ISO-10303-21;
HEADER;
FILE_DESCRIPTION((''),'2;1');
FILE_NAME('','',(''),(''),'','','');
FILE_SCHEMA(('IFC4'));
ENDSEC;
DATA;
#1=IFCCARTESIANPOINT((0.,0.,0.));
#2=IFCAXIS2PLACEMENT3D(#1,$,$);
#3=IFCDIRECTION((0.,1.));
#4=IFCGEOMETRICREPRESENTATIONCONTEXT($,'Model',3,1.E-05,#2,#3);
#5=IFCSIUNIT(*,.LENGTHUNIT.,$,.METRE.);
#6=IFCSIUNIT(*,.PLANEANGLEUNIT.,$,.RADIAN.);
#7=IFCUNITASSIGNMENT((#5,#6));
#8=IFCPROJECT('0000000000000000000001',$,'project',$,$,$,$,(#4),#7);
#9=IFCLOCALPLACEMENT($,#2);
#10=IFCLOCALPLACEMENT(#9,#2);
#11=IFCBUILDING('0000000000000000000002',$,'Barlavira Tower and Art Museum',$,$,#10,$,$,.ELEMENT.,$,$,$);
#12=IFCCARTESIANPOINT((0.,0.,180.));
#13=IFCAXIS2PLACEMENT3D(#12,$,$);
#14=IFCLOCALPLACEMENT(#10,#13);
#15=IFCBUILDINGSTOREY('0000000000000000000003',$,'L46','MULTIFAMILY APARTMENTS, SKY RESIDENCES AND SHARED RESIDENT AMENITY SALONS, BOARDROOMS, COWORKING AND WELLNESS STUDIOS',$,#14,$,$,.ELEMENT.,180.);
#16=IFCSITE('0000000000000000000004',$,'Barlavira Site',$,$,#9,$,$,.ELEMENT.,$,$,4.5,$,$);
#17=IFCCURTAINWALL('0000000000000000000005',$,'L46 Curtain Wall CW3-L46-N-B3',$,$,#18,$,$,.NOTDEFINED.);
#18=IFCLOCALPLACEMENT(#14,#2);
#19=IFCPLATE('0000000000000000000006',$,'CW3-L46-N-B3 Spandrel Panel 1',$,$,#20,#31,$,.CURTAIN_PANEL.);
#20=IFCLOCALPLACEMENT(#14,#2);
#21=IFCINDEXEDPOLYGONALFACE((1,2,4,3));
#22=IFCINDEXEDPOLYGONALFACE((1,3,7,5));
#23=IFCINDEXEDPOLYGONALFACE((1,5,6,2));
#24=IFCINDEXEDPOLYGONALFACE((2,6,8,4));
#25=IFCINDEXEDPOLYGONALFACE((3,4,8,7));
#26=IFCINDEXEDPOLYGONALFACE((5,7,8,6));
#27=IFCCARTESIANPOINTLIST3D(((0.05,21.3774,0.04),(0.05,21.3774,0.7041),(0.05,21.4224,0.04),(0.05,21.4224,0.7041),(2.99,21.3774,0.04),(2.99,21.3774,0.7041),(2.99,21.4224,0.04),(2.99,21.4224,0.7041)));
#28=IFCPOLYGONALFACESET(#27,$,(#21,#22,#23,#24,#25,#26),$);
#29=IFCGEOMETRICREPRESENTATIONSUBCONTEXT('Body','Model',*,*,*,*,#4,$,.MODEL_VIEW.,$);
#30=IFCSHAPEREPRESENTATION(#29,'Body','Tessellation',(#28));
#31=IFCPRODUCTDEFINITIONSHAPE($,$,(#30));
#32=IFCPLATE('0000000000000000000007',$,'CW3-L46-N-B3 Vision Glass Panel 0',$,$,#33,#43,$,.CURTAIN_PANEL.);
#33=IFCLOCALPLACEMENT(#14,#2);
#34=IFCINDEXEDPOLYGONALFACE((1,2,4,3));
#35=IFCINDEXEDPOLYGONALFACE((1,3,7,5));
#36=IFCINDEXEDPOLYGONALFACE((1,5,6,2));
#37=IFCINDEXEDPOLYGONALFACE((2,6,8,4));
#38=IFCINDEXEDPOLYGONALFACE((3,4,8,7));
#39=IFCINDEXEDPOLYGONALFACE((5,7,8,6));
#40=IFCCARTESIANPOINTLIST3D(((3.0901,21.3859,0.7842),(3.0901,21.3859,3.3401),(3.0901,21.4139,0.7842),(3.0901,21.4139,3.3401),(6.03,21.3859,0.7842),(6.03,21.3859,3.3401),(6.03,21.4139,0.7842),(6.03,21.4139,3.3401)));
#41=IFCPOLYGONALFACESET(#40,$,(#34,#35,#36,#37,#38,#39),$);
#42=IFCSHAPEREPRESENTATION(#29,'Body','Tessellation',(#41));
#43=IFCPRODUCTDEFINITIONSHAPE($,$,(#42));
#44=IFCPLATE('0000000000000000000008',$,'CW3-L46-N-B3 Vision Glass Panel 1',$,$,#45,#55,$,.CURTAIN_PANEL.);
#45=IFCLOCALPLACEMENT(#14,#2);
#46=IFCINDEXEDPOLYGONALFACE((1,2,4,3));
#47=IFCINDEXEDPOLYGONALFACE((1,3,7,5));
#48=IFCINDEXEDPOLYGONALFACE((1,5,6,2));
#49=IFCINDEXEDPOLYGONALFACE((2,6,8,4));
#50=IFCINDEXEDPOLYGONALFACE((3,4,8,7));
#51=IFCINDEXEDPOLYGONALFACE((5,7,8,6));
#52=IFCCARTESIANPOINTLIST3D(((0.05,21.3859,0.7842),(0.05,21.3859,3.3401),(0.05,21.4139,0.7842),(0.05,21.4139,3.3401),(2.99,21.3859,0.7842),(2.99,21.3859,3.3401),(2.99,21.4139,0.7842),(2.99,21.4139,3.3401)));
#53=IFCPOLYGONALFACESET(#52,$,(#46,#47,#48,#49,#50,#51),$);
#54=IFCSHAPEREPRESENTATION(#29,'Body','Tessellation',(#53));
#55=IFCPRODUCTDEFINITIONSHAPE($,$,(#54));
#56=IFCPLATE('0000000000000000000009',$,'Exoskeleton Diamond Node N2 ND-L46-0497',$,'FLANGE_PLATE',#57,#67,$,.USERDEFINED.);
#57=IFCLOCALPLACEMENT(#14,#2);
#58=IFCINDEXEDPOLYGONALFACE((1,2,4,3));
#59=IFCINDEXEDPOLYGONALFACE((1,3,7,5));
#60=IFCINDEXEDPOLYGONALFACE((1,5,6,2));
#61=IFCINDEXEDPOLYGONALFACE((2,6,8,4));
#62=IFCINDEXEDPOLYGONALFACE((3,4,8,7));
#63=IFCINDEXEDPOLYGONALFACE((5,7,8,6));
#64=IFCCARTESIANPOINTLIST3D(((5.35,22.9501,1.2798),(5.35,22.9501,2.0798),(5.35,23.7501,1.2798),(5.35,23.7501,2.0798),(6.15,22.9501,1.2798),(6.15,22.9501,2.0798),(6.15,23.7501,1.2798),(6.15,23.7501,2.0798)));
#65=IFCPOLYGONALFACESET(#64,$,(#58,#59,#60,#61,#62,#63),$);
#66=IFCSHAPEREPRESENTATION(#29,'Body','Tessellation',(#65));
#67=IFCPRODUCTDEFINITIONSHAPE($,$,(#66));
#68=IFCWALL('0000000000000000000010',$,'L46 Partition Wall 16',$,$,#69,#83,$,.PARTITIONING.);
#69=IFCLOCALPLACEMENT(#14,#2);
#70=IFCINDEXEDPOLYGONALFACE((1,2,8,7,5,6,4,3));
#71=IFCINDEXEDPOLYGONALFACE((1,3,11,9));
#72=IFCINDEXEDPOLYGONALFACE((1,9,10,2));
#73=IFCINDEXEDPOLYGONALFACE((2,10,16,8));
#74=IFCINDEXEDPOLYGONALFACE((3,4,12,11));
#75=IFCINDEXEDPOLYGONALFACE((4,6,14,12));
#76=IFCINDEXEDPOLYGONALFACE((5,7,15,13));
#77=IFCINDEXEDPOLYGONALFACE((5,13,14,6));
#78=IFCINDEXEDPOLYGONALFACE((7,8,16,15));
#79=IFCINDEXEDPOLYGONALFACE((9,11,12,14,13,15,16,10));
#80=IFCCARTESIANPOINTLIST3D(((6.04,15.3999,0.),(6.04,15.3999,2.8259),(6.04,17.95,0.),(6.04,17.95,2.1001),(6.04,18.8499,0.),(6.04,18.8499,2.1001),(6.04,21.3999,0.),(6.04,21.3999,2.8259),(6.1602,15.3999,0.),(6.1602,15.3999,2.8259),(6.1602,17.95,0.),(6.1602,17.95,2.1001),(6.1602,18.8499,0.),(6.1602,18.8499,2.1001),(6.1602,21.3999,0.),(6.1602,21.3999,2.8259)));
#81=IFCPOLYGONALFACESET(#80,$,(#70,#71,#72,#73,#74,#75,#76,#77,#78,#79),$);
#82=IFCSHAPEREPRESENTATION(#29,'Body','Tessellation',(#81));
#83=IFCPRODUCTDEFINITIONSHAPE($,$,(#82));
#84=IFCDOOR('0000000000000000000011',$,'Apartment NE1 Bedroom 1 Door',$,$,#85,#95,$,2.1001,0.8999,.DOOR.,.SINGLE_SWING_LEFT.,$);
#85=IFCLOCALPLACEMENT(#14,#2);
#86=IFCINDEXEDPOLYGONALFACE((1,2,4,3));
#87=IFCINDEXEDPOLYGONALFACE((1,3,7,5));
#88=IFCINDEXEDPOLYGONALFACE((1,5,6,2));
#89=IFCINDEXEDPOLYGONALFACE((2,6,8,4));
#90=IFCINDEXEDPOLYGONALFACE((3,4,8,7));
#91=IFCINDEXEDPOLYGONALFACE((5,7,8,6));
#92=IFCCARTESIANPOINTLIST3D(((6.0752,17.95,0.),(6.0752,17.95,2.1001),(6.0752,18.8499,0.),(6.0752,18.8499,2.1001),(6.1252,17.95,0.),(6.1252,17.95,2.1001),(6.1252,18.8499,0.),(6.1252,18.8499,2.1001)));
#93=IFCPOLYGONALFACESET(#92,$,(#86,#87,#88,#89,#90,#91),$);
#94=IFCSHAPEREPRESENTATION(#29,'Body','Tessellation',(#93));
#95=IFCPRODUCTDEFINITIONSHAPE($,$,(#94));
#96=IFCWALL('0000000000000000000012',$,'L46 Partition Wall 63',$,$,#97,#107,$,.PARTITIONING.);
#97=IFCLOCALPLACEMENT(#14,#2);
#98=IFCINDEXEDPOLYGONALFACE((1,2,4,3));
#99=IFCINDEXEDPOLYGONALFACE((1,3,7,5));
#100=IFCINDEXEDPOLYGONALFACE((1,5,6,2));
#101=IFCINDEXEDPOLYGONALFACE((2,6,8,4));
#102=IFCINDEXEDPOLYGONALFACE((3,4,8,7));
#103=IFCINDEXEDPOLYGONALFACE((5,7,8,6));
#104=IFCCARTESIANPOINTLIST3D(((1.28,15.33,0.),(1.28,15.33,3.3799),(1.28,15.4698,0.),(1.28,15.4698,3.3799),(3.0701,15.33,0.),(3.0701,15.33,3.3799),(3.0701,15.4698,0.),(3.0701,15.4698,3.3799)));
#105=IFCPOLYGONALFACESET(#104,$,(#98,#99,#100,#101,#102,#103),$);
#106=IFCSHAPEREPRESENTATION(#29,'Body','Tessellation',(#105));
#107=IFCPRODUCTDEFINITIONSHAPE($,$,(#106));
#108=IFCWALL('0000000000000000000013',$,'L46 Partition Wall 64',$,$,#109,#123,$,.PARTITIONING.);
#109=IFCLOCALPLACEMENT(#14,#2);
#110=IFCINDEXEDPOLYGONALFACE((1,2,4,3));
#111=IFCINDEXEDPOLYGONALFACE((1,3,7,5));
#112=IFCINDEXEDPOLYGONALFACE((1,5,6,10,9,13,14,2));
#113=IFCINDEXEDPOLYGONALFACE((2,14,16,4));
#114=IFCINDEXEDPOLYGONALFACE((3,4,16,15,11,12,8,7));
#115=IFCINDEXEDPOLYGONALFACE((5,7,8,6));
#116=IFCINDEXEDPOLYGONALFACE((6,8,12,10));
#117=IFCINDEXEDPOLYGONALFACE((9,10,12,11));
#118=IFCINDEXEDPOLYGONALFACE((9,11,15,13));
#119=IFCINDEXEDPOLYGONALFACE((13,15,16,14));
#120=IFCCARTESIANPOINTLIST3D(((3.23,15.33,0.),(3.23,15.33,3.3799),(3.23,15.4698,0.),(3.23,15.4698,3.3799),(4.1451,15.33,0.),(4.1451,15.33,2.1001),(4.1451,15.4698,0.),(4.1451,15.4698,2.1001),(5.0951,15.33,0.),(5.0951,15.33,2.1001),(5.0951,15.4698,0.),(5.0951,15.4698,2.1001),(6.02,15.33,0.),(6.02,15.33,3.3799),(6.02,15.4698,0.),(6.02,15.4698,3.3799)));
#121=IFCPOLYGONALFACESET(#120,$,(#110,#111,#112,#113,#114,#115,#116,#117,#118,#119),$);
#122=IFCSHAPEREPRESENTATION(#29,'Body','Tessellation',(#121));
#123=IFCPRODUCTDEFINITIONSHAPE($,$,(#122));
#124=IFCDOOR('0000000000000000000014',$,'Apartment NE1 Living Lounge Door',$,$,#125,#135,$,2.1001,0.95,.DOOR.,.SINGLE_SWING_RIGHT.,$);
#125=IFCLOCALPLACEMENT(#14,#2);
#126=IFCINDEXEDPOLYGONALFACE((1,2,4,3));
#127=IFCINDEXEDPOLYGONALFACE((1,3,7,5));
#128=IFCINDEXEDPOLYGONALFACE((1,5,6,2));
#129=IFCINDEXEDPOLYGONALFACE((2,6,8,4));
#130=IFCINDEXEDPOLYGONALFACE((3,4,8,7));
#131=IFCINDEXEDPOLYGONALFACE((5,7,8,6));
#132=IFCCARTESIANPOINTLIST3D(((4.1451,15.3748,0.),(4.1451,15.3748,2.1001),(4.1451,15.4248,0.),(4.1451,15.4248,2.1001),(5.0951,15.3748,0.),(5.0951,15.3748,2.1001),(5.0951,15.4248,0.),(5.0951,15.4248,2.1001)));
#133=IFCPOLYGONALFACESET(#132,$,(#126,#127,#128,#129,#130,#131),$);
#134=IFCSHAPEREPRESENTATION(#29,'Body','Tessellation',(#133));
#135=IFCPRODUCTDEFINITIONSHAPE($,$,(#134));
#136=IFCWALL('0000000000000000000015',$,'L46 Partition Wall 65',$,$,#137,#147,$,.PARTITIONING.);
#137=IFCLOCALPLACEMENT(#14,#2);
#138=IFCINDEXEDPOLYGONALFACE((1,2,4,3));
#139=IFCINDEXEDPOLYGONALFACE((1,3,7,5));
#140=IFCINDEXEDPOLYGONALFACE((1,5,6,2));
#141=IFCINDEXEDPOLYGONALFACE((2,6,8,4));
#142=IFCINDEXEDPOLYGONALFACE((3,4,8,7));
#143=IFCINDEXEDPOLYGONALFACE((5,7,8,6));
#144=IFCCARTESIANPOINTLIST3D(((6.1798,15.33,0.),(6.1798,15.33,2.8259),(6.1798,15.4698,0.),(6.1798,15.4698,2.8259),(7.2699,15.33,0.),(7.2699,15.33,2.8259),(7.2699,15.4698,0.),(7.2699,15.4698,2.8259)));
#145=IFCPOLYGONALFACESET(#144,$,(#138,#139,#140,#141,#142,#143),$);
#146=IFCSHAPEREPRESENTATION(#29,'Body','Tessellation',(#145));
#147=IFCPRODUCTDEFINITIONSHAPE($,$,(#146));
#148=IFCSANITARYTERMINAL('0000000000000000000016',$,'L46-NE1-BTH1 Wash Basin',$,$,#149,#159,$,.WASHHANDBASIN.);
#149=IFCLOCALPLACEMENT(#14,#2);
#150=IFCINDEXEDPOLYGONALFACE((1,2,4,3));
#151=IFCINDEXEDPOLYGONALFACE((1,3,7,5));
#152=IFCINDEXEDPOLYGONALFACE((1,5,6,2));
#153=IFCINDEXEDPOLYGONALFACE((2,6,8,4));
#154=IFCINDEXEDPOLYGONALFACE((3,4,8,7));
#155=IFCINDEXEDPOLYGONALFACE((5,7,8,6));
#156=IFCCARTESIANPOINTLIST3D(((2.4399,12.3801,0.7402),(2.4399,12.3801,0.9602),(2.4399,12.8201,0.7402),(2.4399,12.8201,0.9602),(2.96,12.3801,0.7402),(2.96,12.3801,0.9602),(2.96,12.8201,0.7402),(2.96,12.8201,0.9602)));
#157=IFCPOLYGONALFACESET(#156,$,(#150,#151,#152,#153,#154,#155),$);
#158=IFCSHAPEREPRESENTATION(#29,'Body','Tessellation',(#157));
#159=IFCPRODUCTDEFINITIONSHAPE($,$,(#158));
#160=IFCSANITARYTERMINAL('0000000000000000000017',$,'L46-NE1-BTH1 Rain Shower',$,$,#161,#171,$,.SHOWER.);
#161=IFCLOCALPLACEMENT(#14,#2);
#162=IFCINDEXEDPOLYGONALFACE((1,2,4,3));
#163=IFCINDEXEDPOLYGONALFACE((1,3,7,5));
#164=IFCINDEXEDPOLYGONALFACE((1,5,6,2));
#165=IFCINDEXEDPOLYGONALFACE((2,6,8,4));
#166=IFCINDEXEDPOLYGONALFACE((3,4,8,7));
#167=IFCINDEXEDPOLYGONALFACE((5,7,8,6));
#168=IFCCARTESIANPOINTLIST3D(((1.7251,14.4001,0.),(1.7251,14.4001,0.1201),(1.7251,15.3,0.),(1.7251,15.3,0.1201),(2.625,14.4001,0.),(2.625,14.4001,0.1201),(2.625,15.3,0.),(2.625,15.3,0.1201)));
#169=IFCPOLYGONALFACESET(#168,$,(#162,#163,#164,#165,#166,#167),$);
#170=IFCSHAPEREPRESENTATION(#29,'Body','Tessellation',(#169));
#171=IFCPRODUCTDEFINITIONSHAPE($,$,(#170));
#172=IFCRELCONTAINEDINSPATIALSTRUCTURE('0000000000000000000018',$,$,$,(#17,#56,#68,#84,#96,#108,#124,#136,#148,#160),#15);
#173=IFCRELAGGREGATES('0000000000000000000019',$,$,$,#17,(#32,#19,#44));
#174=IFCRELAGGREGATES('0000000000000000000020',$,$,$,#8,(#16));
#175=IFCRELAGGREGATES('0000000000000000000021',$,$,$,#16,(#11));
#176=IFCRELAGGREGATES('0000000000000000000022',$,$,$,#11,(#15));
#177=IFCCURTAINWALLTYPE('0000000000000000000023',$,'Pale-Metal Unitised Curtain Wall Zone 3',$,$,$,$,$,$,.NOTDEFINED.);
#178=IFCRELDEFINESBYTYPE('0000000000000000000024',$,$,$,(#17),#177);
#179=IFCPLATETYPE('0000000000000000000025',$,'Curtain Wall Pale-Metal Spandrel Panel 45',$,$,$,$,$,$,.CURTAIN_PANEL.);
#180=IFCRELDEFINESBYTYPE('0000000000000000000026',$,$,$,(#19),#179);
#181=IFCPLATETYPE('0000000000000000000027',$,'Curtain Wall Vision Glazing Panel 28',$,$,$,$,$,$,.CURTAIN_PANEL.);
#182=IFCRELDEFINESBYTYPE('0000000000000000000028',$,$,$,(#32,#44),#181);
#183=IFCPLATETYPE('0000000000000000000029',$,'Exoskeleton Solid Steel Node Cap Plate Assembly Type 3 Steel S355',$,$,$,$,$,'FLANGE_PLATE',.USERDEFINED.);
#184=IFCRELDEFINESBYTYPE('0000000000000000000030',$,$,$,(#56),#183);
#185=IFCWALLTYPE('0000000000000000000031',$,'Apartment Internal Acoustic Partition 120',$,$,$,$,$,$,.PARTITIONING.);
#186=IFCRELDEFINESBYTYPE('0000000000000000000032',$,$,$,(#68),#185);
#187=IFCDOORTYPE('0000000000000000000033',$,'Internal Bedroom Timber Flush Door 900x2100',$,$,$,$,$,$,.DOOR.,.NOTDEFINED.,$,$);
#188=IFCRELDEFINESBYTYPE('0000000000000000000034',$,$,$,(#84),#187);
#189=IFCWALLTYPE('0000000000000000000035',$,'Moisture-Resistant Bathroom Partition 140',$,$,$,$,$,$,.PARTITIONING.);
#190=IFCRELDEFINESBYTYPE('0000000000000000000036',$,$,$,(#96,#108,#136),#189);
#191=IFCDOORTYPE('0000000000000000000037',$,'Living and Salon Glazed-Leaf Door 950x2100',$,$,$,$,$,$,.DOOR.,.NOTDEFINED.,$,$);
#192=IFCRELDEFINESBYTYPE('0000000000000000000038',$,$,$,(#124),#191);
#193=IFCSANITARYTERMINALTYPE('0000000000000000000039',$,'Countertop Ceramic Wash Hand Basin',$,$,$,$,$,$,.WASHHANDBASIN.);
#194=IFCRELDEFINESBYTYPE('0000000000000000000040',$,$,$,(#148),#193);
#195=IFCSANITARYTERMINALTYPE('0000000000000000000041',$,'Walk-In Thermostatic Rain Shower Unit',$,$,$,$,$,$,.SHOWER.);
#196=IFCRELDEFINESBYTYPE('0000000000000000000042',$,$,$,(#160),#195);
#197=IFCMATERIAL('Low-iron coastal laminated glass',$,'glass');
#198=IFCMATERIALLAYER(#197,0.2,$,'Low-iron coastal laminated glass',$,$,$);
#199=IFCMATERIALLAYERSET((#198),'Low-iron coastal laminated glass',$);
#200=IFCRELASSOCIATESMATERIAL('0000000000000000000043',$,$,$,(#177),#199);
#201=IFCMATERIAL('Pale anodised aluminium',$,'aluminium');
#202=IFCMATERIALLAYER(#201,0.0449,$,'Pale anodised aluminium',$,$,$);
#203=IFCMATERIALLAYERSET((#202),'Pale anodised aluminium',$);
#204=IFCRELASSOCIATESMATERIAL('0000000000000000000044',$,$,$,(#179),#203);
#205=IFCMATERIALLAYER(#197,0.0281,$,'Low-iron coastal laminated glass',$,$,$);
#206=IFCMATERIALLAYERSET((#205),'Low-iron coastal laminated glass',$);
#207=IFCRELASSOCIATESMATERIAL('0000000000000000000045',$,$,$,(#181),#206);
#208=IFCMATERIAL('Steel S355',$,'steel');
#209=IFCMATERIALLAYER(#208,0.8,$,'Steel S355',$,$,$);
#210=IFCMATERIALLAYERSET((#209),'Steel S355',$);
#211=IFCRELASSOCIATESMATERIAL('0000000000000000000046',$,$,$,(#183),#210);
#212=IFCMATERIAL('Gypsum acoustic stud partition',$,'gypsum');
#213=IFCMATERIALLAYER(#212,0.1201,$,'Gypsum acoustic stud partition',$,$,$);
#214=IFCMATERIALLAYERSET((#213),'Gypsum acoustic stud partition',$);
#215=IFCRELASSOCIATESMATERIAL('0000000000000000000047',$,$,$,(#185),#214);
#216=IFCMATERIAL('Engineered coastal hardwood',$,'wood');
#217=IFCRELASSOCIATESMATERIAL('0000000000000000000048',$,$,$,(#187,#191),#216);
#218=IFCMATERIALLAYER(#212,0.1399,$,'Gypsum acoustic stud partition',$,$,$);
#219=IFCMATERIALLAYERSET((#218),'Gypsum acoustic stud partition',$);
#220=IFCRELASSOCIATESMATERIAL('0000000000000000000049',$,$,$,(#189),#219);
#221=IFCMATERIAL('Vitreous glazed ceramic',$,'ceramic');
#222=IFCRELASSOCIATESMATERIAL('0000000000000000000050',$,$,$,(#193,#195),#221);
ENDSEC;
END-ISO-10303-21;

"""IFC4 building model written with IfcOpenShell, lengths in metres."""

from ifc_helpers import new_model, si_unit, direction, frame, frame_2d, origin, origin_2d, place, context, subcontext, project, spatial, rectangle, extrude, material, layer, layer_set, type_object, element, fill, aggregate, save


model = new_model("IFC4")

# Units and contexts
model_context = context("Model", 3, precision=1e-05, world=origin(), true_north=direction((0.0, 1.0)))
body_context = subcontext(model_context, "Body", "Model", "MODEL_VIEW")
ifc_project = project(units=[si_unit("LENGTHUNIT", "METRE"), si_unit("PLANEANGLEUNIT", "RADIAN")], contexts=[model_context])

# Site, building, storey
site_placement = place(None, origin())
site = spatial("IfcSite", under=ifc_project, at=site_placement, Name="Barlavira Site", CompositionType="ELEMENT", RefElevation=4.5)
building_placement = place(site_placement, origin())
building = spatial("IfcBuilding", under=site, at=building_placement, Name="Barlavira Tower and Art Museum", CompositionType="ELEMENT")
storey_placement = place(building_placement, frame((0.0, 0.0, 180.0)))
storey = spatial("IfcBuildingStorey", under=building, at=storey_placement, Name="L46", Description="MULTIFAMILY APARTMENTS, SKY RESIDENCES AND SHARED RESIDENT AMENITY SALONS, BOARDROOMS, COWORKING AND WELLNESS STUDIOS", CompositionType="ELEMENT", Elevation=180.0)

# Curtain wall, plates
ifc_material_1 = material(Name="Low-iron coastal laminated glass", Category="glass")
ifc_layer_1 = layer(ifc_material_1, 0.2, Name="Low-iron coastal laminated glass")
ifc_layer_set_1 = layer_set([ifc_layer_1], Name="Low-iron coastal laminated glass")
curtain_wall_type = type_object("IfcCurtainWallType", Name="Pale-Metal Unitised Curtain Wall Zone 3", PredefinedType="NOTDEFINED", material=ifc_layer_set_1)
curtain_wall_placement = place(storey_placement, origin())
curtain_wall = element("IfcCurtainWall", 1, at=curtain_wall_placement, inside=storey, type_object=curtain_wall_type, Name="L46 Curtain Wall CW3-L46-N-B3", PredefinedType="NOTDEFINED")
ifc_material_2 = material(Name="Pale anodised aluminium", Category="aluminium")
ifc_layer_2 = layer(ifc_material_2, 0.0449, Name="Pale anodised aluminium")
ifc_layer_set_2 = layer_set([ifc_layer_2], Name="Pale anodised aluminium")
plate_type_1 = type_object("IfcPlateType", Name="Curtain Wall Pale-Metal Spandrel Panel 45", PredefinedType="CURTAIN_PANEL", material=ifc_layer_set_2)
plate_1_placement = place(storey_placement, frame((1.52, 21.3999, 0.04), z_axis=(0.0, 0.0, 1.0), x_axis=(-1.0, 0.0, 0.0)))
plate_1 = element("IfcPlate", 2, at=plate_1_placement, type_object=plate_type_1, Name="CW3-L46-N-B3 Spandrel Panel 1", PredefinedType="CURTAIN_PANEL", context=body_context, shape_type="SweptSolid", body=[
    extrude(rectangle(XDim=2.9399, YDim=0.0449, at=origin_2d()), origin(), (0.0, 0.0, 1.0), 0.6641),
])
ifc_layer_3 = layer(ifc_material_1, 0.0281, Name="Low-iron coastal laminated glass")
ifc_layer_set_3 = layer_set([ifc_layer_3], Name="Low-iron coastal laminated glass")
plate_type_2 = type_object("IfcPlateType", Name="Curtain Wall Vision Glazing Panel 28", PredefinedType="CURTAIN_PANEL", material=ifc_layer_set_3)
plate_2_placement = place(storey_placement, frame((4.5601, 21.3999, 0.7842), z_axis=(0.0, 0.0, 1.0), x_axis=(-1.0, 0.0, 0.0)))
plate_2 = element("IfcPlate", 3, at=plate_2_placement, type_object=plate_type_2, Name="CW3-L46-N-B3 Vision Glass Panel 0", PredefinedType="CURTAIN_PANEL", context=body_context, shape_type="SweptSolid", body=[
    extrude(rectangle(XDim=2.9399, YDim=0.0281, at=origin_2d()), origin(), (0.0, 0.0, 1.0), 2.5559),
])
plate_3_placement = place(storey_placement, frame((1.52, 21.3999, 0.7842), z_axis=(0.0, 0.0, 1.0), x_axis=(-1.0, 0.0, 0.0)))
plate_3 = element("IfcPlate", 4, at=plate_3_placement, type_object=plate_type_2, Name="CW3-L46-N-B3 Vision Glass Panel 1", PredefinedType="CURTAIN_PANEL", context=body_context, shape_type="SweptSolid", body=[
    extrude(rectangle(XDim=2.9399, YDim=0.0281, at=origin_2d()), origin(), (0.0, 0.0, 1.0), 2.5559),
])
aggregate(curtain_wall, [plate_2, plate_1, plate_3])

# Plate
ifc_material_3 = material(Name="Steel S355", Category="steel")
ifc_layer_4 = layer(ifc_material_3, 0.8, Name="Steel S355")
ifc_layer_set_4 = layer_set([ifc_layer_4], Name="Steel S355")
plate_type_3 = type_object("IfcPlateType", Name="Exoskeleton Solid Steel Node Cap Plate Assembly Type 3 Steel S355", ElementType="FLANGE_PLATE", PredefinedType="USERDEFINED", material=ifc_layer_set_4)
plate_4_placement = place(storey_placement, frame((5.75, 23.3501, 1.2798), z_axis=(0.0, 0.0, 1.0), x_axis=(1.0, 0.0, 0.0)))
element("IfcPlate", 5, at=plate_4_placement, inside=storey, type_object=plate_type_3, Name="Exoskeleton Diamond Node N2 ND-L46-0497", ObjectType="FLANGE_PLATE", PredefinedType="USERDEFINED", context=body_context, shape_type="SweptSolid", body=[
    extrude(rectangle(XDim=0.8, YDim=0.8, at=origin_2d()), origin(), (0.0, 0.0, 1.0), 0.8),
])

# Wall, opening, door
ifc_material_4 = material(Name="Gypsum acoustic stud partition", Category="gypsum")
ifc_layer_5 = layer(ifc_material_4, 0.1201, Name="Gypsum acoustic stud partition")
ifc_layer_set_5 = layer_set([ifc_layer_5], Name="Gypsum acoustic stud partition")
wall_type_1 = type_object("IfcWallType", Name="Apartment Internal Acoustic Partition 120", PredefinedType="PARTITIONING", material=ifc_layer_set_5)
wall_1_placement = place(storey_placement, frame((6.1001, 15.3999, 0.0), z_axis=(0.0, 0.0, 1.0), x_axis=(0.0, 1.0, 0.0)))
wall_1 = element("IfcWall", 6, at=wall_1_placement, inside=storey, type_object=wall_type_1, Name="L46 Partition Wall 16", PredefinedType="PARTITIONING", context=body_context, shape_type="SweptSolid", body=[
    extrude(rectangle(XDim=6.0, YDim=0.1201, at=frame_2d((3.0, 0.0))), origin(), (0.0, 0.0, 1.0), 2.8259),
])
opening_1_placement = place(wall_1_placement, frame((2.55, 0.0, 0.0)))
opening_1 = element("IfcOpeningElement", 7, at=opening_1_placement, cuts=wall_1, PredefinedType="OPENING", context=body_context, shape_type="SweptSolid", body=[
    extrude(rectangle(XDim=0.8999, YDim=2.1001, at=frame_2d((0.45, 1.05))), frame((0.0, 0.0701, 0.0), z_axis=(0.0, -1.0, 0.0), x_axis=(1.0, 0.0, 0.0)), (0.0, 0.0, 1.0), 0.1401),
])
ifc_material_5 = material(Name="Engineered coastal hardwood", Category="wood")
door_type_1 = type_object("IfcDoorType", Name="Internal Bedroom Timber Flush Door 900x2100", OperationType="NOTDEFINED", PredefinedType="DOOR", material=ifc_material_5)
door_1_placement = place(opening_1_placement, origin())
door_1 = element("IfcDoor", 8, at=door_1_placement, inside=storey, type_object=door_type_1, Name="Apartment NE1 Bedroom 1 Door", OperationType="SINGLE_SWING_LEFT", OverallHeight=2.1001, OverallWidth=0.8999, PredefinedType="DOOR", context=body_context, shape_type="SweptSolid", body=[
    extrude(rectangle(XDim=0.8999, YDim=2.1001, at=frame_2d((0.45, 1.05))), frame((0.0, 0.0249, 0.0), z_axis=(0.0, -1.0, 0.0), x_axis=(1.0, 0.0, 0.0)), (0.0, 0.0, 1.0), 0.05),
])
fill(opening_1, door_1)

# Wall
ifc_layer_6 = layer(ifc_material_4, 0.1399, Name="Gypsum acoustic stud partition")
ifc_layer_set_6 = layer_set([ifc_layer_6], Name="Gypsum acoustic stud partition")
wall_type_2 = type_object("IfcWallType", Name="Moisture-Resistant Bathroom Partition 140", PredefinedType="PARTITIONING", material=ifc_layer_set_6)
wall_2_placement = place(storey_placement, frame((1.28, 15.3999, 0.0), z_axis=(0.0, 0.0, 1.0), x_axis=(1.0, 0.0, 0.0)))
element("IfcWall", 9, at=wall_2_placement, inside=storey, type_object=wall_type_2, Name="L46 Partition Wall 63", PredefinedType="PARTITIONING", context=body_context, shape_type="SweptSolid", body=[
    extrude(rectangle(XDim=1.79, YDim=0.1399, at=frame_2d((0.895, 0.0))), origin(), (0.0, 0.0, 1.0), 3.3799),
])

# Wall, opening, door
wall_3_placement = place(storey_placement, frame((3.23, 15.3999, 0.0), z_axis=(0.0, 0.0, 1.0), x_axis=(1.0, 0.0, 0.0)))
wall_3 = element("IfcWall", 10, at=wall_3_placement, inside=storey, type_object=wall_type_2, Name="L46 Partition Wall 64", PredefinedType="PARTITIONING", context=body_context, shape_type="SweptSolid", body=[
    extrude(rectangle(XDim=2.79, YDim=0.1399, at=frame_2d((1.395, 0.0))), origin(), (0.0, 0.0, 1.0), 3.3799),
])
opening_2_placement = place(wall_3_placement, frame((0.915, 0.0, 0.0)))
opening_2 = element("IfcOpeningElement", 11, at=opening_2_placement, cuts=wall_3, PredefinedType="OPENING", context=body_context, shape_type="SweptSolid", body=[
    extrude(rectangle(XDim=0.95, YDim=2.1001, at=frame_2d((0.4751, 1.05))), frame((0.0, 0.0801, 0.0), z_axis=(0.0, -1.0, 0.0), x_axis=(1.0, 0.0, 0.0)), (0.0, 0.0, 1.0), 0.1599),
])
door_type_2 = type_object("IfcDoorType", Name="Living and Salon Glazed-Leaf Door 950x2100", OperationType="NOTDEFINED", PredefinedType="DOOR", material=ifc_material_5)
door_2_placement = place(opening_2_placement, origin())
door_2 = element("IfcDoor", 12, at=door_2_placement, inside=storey, type_object=door_type_2, Name="Apartment NE1 Living Lounge Door", OperationType="SINGLE_SWING_RIGHT", OverallHeight=2.1001, OverallWidth=0.95, PredefinedType="DOOR", context=body_context, shape_type="SweptSolid", body=[
    extrude(rectangle(XDim=0.95, YDim=2.1001, at=frame_2d((0.4751, 1.05))), frame((0.0, 0.0249, 0.0), z_axis=(0.0, -1.0, 0.0), x_axis=(1.0, 0.0, 0.0)), (0.0, 0.0, 1.0), 0.05),
])
fill(opening_2, door_2)

# Wall
wall_4_placement = place(storey_placement, frame((6.1799, 15.3999, 0.0), z_axis=(0.0, 0.0, 1.0), x_axis=(1.0, 0.0, 0.0)))
element("IfcWall", 13, at=wall_4_placement, inside=storey, type_object=wall_type_2, Name="L46 Partition Wall 65", PredefinedType="PARTITIONING", context=body_context, shape_type="SweptSolid", body=[
    extrude(rectangle(XDim=1.0901, YDim=0.1399, at=frame_2d((0.5449, 0.0))), origin(), (0.0, 0.0, 1.0), 2.8259),
])

# Sanitary terminals
ifc_material_6 = material(Name="Vitreous glazed ceramic", Category="ceramic")
sanitary_terminal_type_1 = type_object("IfcSanitaryTerminalType", Name="Countertop Ceramic Wash Hand Basin", PredefinedType="WASHHANDBASIN", material=ifc_material_6)
sanitary_terminal_1_placement = place(storey_placement, frame((2.7, 12.6001, 0.7402), z_axis=(0.0, 0.0, 1.0), x_axis=(1.0, 0.0, 0.0)))
element("IfcSanitaryTerminal", 14, at=sanitary_terminal_1_placement, inside=storey, type_object=sanitary_terminal_type_1, Name="L46-NE1-BTH1 Wash Basin", PredefinedType="WASHHANDBASIN", context=body_context, shape_type="SweptSolid", body=[
    extrude(rectangle(XDim=0.52, YDim=0.4399, at=origin_2d()), origin(), (0.0, 0.0, 1.0), 0.22),
])
sanitary_terminal_type_2 = type_object("IfcSanitaryTerminalType", Name="Walk-In Thermostatic Rain Shower Unit", PredefinedType="SHOWER", material=ifc_material_6)
sanitary_terminal_2_placement = place(storey_placement, frame((2.175, 14.8501, 0.0), z_axis=(0.0, 0.0, 1.0), x_axis=(1.0, 0.0, 0.0)))
element("IfcSanitaryTerminal", 15, at=sanitary_terminal_2_placement, inside=storey, type_object=sanitary_terminal_type_2, Name="L46-NE1-BTH1 Rain Shower", PredefinedType="SHOWER", context=body_context, shape_type="SweptSolid", body=[
    extrude(rectangle(XDim=0.8999, YDim=0.8999, at=origin_2d()), origin(), (0.0, 0.0, 1.0), 0.1201),
])

save(model, "model.ifc")
